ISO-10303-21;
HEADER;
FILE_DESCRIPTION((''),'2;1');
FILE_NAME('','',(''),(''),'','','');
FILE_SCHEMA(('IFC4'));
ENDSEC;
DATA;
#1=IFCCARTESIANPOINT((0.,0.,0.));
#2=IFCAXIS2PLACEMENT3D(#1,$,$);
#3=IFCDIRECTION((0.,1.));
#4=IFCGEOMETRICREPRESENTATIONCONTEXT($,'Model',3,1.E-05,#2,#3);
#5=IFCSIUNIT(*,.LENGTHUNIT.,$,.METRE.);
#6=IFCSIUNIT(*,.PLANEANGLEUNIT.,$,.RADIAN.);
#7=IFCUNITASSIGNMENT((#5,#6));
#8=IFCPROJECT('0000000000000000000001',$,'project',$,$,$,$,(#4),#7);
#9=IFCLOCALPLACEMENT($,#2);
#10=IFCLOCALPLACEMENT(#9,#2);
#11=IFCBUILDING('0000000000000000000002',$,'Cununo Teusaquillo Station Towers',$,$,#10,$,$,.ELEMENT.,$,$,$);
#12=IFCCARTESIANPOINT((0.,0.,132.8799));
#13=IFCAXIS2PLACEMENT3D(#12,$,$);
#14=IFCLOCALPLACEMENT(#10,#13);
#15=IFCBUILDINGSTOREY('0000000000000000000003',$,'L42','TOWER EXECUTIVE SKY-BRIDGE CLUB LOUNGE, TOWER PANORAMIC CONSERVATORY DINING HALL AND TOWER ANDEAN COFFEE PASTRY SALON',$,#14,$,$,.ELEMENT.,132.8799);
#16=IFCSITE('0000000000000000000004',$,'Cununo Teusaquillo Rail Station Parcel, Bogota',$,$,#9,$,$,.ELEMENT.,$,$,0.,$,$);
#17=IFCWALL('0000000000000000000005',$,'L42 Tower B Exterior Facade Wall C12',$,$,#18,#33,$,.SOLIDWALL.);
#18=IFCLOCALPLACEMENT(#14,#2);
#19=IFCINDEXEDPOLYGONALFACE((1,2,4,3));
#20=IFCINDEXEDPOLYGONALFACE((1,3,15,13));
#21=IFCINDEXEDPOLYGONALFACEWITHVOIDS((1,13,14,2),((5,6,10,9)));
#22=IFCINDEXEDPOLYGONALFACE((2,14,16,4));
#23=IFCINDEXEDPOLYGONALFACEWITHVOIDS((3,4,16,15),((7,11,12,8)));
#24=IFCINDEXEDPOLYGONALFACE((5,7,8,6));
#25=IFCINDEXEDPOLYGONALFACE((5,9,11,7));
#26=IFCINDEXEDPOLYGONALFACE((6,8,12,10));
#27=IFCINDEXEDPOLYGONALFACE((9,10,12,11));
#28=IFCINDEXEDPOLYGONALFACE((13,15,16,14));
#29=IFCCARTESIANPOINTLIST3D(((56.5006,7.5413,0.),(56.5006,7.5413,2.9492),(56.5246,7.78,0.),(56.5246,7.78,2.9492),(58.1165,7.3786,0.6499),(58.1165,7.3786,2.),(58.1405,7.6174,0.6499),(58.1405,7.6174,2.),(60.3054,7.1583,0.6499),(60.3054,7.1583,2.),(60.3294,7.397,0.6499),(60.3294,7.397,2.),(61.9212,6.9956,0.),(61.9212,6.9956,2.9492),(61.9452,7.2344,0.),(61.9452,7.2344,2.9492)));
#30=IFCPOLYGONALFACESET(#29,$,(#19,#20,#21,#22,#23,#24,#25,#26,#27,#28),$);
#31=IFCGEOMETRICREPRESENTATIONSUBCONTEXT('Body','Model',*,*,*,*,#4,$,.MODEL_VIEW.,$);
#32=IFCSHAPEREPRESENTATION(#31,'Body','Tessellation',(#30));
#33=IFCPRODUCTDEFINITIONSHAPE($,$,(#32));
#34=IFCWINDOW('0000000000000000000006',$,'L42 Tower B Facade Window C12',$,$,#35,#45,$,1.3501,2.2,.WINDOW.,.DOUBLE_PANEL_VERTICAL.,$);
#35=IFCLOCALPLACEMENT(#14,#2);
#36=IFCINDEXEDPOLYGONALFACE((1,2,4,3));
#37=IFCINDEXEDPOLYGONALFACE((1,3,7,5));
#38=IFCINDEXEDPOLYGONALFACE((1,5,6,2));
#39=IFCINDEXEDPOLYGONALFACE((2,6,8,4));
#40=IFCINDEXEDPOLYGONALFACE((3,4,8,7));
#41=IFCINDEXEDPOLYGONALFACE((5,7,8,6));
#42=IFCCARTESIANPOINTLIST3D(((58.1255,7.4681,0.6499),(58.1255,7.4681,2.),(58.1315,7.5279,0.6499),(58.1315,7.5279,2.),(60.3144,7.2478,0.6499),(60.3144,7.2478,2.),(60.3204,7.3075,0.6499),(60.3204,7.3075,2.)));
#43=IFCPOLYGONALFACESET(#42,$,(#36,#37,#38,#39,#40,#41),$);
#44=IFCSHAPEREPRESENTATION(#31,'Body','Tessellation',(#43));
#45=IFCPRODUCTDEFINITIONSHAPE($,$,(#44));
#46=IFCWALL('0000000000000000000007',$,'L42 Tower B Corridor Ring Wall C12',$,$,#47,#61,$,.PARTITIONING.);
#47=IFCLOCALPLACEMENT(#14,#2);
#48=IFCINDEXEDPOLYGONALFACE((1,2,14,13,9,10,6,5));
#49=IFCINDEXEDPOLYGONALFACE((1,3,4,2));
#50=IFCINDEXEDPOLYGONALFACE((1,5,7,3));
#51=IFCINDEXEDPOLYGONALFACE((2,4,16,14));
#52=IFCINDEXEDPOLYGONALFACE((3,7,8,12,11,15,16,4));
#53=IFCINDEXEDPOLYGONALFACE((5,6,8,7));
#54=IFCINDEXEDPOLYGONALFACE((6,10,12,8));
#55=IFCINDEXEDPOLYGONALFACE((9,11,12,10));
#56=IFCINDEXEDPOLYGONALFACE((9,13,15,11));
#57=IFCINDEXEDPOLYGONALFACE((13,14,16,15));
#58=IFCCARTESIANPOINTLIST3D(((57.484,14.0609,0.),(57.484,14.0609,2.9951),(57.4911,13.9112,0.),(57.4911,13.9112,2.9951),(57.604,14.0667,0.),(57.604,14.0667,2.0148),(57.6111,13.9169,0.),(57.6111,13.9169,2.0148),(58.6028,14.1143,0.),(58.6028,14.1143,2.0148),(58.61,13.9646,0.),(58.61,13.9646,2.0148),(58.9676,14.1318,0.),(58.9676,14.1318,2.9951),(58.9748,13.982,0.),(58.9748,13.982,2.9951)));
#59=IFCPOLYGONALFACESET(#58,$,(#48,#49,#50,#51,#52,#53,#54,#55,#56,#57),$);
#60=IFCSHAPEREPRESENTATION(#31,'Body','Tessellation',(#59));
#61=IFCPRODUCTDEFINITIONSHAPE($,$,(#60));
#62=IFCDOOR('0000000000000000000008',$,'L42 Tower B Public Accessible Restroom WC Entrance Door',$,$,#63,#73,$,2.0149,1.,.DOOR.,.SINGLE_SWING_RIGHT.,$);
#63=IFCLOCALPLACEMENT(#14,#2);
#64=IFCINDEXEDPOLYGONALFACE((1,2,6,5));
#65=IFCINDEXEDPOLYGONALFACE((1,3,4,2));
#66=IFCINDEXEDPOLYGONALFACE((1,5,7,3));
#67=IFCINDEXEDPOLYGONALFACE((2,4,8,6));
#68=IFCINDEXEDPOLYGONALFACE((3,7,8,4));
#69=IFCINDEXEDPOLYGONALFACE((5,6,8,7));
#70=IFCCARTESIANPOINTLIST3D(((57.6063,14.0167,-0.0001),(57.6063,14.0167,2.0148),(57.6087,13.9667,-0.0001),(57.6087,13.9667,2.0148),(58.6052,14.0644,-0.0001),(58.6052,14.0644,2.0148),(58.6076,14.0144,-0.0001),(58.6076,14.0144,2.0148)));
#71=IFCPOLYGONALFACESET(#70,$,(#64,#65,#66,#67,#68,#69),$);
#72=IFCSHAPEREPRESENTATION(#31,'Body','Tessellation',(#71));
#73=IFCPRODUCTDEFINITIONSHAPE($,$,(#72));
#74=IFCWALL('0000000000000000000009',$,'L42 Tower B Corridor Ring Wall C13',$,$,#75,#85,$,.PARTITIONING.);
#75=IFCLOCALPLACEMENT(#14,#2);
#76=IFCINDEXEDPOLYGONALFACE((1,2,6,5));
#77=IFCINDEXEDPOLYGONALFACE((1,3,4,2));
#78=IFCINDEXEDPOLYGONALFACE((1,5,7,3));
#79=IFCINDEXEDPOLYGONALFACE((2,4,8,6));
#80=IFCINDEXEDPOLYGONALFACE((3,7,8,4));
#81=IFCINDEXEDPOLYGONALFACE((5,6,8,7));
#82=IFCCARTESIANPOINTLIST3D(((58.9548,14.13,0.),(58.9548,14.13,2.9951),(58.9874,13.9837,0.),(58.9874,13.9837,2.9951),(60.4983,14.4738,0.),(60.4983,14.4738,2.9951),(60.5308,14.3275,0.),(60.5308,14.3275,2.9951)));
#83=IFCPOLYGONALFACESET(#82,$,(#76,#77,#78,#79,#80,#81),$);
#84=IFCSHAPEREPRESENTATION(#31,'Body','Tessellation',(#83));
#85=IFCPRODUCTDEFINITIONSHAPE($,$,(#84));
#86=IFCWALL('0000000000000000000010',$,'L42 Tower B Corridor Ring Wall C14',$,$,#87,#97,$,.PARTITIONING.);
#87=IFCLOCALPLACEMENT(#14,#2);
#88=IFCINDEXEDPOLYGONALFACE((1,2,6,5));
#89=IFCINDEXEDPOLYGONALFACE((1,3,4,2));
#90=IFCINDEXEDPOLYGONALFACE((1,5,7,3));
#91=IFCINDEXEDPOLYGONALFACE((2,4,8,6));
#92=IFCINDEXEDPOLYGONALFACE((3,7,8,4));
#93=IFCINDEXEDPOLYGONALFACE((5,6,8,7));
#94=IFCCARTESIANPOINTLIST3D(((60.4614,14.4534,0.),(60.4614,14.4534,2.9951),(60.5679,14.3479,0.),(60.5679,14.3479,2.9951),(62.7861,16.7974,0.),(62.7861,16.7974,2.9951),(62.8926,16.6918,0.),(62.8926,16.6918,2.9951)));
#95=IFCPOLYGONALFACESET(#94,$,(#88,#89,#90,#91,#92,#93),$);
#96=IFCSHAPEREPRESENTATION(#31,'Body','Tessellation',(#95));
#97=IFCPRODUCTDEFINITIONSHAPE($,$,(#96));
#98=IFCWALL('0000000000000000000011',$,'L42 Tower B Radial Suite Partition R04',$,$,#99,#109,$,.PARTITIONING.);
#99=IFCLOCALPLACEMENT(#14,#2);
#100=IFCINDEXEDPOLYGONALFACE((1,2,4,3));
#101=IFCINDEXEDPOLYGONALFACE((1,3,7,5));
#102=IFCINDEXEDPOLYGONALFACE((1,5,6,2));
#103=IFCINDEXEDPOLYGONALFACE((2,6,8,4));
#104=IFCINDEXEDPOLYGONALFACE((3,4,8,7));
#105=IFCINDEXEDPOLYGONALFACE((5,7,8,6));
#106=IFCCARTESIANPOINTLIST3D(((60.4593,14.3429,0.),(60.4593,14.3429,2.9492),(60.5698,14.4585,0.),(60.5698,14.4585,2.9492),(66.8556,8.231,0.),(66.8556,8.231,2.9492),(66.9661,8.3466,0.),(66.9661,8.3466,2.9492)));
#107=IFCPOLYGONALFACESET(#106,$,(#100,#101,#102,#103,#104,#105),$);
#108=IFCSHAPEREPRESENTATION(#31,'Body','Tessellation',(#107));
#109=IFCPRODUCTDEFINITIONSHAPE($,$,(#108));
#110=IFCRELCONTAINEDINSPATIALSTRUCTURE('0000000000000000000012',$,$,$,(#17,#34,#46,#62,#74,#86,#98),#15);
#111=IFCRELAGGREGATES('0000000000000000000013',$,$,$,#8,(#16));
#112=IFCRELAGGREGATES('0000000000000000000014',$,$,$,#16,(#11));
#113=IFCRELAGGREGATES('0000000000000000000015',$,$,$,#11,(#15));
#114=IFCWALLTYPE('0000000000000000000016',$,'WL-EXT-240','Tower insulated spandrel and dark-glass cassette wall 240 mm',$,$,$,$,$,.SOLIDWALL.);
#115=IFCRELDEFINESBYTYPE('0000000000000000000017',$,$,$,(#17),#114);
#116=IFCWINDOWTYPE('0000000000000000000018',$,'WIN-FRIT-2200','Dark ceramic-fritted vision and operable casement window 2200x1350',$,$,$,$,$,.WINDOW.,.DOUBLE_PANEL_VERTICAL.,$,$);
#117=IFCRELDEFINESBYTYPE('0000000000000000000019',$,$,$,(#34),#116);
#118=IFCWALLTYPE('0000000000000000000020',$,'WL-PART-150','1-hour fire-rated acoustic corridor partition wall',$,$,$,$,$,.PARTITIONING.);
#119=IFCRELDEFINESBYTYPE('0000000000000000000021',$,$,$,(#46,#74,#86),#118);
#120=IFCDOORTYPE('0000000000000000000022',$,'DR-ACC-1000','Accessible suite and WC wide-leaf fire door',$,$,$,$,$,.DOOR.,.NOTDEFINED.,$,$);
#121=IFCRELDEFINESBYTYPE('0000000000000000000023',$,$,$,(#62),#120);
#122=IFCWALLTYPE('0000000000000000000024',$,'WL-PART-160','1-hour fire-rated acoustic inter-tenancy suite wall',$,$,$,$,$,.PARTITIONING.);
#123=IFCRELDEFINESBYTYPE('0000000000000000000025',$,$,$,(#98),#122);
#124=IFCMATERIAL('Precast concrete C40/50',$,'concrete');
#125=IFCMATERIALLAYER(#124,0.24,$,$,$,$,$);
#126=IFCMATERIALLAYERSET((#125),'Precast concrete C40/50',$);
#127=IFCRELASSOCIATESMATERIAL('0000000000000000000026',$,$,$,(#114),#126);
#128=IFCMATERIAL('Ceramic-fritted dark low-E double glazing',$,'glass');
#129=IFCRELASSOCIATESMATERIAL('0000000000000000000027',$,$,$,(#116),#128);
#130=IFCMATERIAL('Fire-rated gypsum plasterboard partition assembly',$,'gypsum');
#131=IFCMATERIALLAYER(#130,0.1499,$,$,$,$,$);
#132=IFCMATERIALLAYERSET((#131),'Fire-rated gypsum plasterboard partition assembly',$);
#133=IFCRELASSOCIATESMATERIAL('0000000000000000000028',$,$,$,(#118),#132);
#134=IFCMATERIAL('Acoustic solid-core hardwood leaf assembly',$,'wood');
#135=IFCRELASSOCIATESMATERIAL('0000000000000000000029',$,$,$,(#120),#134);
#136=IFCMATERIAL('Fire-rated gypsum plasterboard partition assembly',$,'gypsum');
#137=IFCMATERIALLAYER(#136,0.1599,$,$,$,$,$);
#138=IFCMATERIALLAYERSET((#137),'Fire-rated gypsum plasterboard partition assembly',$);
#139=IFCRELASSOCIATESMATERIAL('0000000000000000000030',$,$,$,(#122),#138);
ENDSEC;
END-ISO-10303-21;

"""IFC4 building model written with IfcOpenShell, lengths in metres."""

from ifc_helpers import new_model, si_unit, direction, frame, frame_2d, origin, place, context, subcontext, project, spatial, rectangle, extrude, source, transform, mapped, material, layer, layer_set, type_object, element, fill, save


model = new_model("IFC4")

# Units and contexts
model_context = context("Model", 3, precision=1e-05, world=origin(), true_north=direction((0.0, 1.0)))
body_context = subcontext(model_context, "Body", "Model", "MODEL_VIEW")
ifc_project = project(units=[si_unit("LENGTHUNIT", "METRE"), si_unit("PLANEANGLEUNIT", "RADIAN")], contexts=[model_context])

# Site, building, storey
site_placement = place(None, origin())
site = spatial("IfcSite", under=ifc_project, at=site_placement, Name="Cununo Teusaquillo Rail Station Parcel, Bogota", CompositionType="ELEMENT", RefElevation=0.0)
building_placement = place(site_placement, origin())
building = spatial("IfcBuilding", under=site, at=building_placement, Name="Cununo Teusaquillo Station Towers", CompositionType="ELEMENT")
storey_placement = place(building_placement, frame((0.0, 0.0, 132.8799)))
storey = spatial("IfcBuildingStorey", under=building, at=storey_placement, Name="L42", Description="TOWER EXECUTIVE SKY-BRIDGE CLUB LOUNGE, TOWER PANORAMIC CONSERVATORY DINING HALL AND TOWER ANDEAN COFFEE PASTRY SALON", CompositionType="ELEMENT", Elevation=132.8799)

# Wall, opening, window
ifc_material_1 = material(Name="Precast concrete C40/50", Category="concrete")
ifc_layer_1 = layer(ifc_material_1, 0.24)
ifc_layer_set_1 = layer_set([ifc_layer_1], Name="Precast concrete C40/50")
wall_type_1 = type_object("IfcWallType", Name="WL-EXT-240", Description="Tower insulated spandrel and dark-glass cassette wall 240 mm", PredefinedType="SOLIDWALL", material=ifc_layer_set_1)
wall_1_placement = place(storey_placement, frame((61.9333, 7.115, 0.0), z_axis=(0.0, 0.0, 1.0), x_axis=(-0.994972, 0.100156, 0.0)))
wall_1 = element("IfcWall", 1, at=wall_1_placement, inside=storey, type_object=wall_type_1, Name="L42 Tower B Exterior Facade Wall C12", PredefinedType="SOLIDWALL", context=body_context, shape_type="SweptSolid", body=[
    extrude(rectangle(XDim=5.448, YDim=0.24, at=frame_2d((2.7241, 0.0))), origin(), (0.0, 0.0, 1.0), 2.9492),
])
shared_shape_1 = source(origin(), body_context, "Body", "SweptSolid", [
    extrude(rectangle(XDim=2.2, YDim=1.3501, at=frame_2d((1.1001, 0.675))), frame((0.0, 0.1299, 0.0), z_axis=(0.0, -1.0, 0.0), x_axis=(1.0, 0.0, 0.0)), (0.0, 0.0, 1.0), 0.26),
])
opening_1_placement = place(wall_1_placement, frame((1.624, 0.0, 0.6499)))
opening_1 = element("IfcOpeningElement", 2, at=opening_1_placement, cuts=wall_1, PredefinedType="OPENING", context=body_context, shape_type="MappedRepresentation", body=[
    mapped(shared_shape_1, transform((0.0, 0.0, 0.0), x_axis=(1.0, 0.0, 0.0), y_axis=(0.0, 1.0, 0.0), z_axis=(0.0, 0.0, 1.0), scale=1.0)),
])
ifc_material_2 = material(Name="Ceramic-fritted dark low-E double glazing", Category="glass")
window_type = type_object("IfcWindowType", Name="WIN-FRIT-2200", Description="Dark ceramic-fritted vision and operable casement window 2200x1350", PartitioningType="DOUBLE_PANEL_VERTICAL", PredefinedType="WINDOW", material=ifc_material_2)
shared_shape_2 = source(origin(), body_context, "Body", "SweptSolid", [
    extrude(rectangle(XDim=2.2, YDim=1.3501, at=frame_2d((1.1001, 0.675))), frame((0.0, 0.03, 0.0), z_axis=(0.0, -1.0, 0.0), x_axis=(1.0, 0.0, 0.0)), (0.0, 0.0, 1.0), 0.0601),
])
window_placement = place(opening_1_placement, origin())
window = element("IfcWindow", 3, at=window_placement, inside=storey, type_object=window_type, Name="L42 Tower B Facade Window C12", OverallHeight=1.3501, OverallWidth=2.2, PartitioningType="DOUBLE_PANEL_VERTICAL", PredefinedType="WINDOW", context=body_context, shape_type="MappedRepresentation", body=[
    mapped(shared_shape_2, transform((0.0, 0.0, 0.0), x_axis=(1.0, 0.0, 0.0), y_axis=(0.0, 1.0, 0.0), z_axis=(0.0, 0.0, 1.0), scale=1.0)),
])
fill(opening_1, window)

# Wall, opening, door
ifc_material_3 = material(Name="Fire-rated gypsum plasterboard partition assembly", Category="gypsum")
ifc_layer_2 = layer(ifc_material_3, 0.1499)
ifc_layer_set_2 = layer_set([ifc_layer_2], Name="Fire-rated gypsum plasterboard partition assembly")
wall_type_2 = type_object("IfcWallType", Name="WL-PART-150", Description="1-hour fire-rated acoustic corridor partition wall", PredefinedType="PARTITIONING", material=ifc_layer_set_2)
wall_2_placement = place(storey_placement, frame((57.4875, 13.9861, 0.0), z_axis=(0.0, 0.0, 1.0), x_axis=(0.998863, 0.047667, 0.0)))
wall_2 = element("IfcWall", 4, at=wall_2_placement, inside=storey, type_object=wall_type_2, Name="L42 Tower B Corridor Ring Wall C12", PredefinedType="PARTITIONING", context=body_context, shape_type="SweptSolid", body=[
    extrude(rectangle(XDim=1.4854, YDim=0.1499, at=frame_2d((0.7427, 0.0))), origin(), (0.0, 0.0, 1.0), 2.9951),
])
shared_shape_3 = source(origin(), body_context, "Body", "SweptSolid", [
    extrude(rectangle(XDim=1.0, YDim=2.0149, at=frame_2d((0.5, 1.0073))), frame((0.0, 0.085, 0.0), z_axis=(0.0, -1.0, 0.0), x_axis=(1.0, 0.0, 0.0)), (0.0, 0.0, 1.0), 0.1699),
])
opening_2_placement = place(wall_2_placement, frame((0.1201, 0.0, 0.0)))
opening_2 = element("IfcOpeningElement", 5, at=opening_2_placement, cuts=wall_2, PredefinedType="OPENING", context=body_context, shape_type="MappedRepresentation", body=[
    mapped(shared_shape_3, transform((0.0, 0.0, 0.0), x_axis=(1.0, 0.0, 0.0), y_axis=(0.0, 1.0, 0.0), z_axis=(0.0, 0.0, 1.0), scale=1.0)),
])
ifc_material_4 = material(Name="Acoustic solid-core hardwood leaf assembly", Category="wood")
door_type_1 = type_object("IfcDoorType", Name="DR-ACC-1000", Description="Accessible suite and WC wide-leaf fire door", OperationType="NOTDEFINED", PredefinedType="DOOR", material=ifc_material_4)
shared_shape_4 = source(origin(), body_context, "Body", "SweptSolid", [
    extrude(rectangle(XDim=1.0, YDim=2.0149, at=frame_2d((0.5, 1.0073))), frame((0.0, 0.0249, 0.0), z_axis=(0.0, -1.0, 0.0), x_axis=(1.0, 0.0, 0.0)), (0.0, 0.0, 1.0), 0.05),
])
door_1_placement = place(opening_2_placement, origin())
door_1 = element("IfcDoor", 6, at=door_1_placement, inside=storey, type_object=door_type_1, Name="L42 Tower B Public Accessible Restroom WC Entrance Door", OperationType="SINGLE_SWING_RIGHT", OverallHeight=2.0149, OverallWidth=1.0, PredefinedType="DOOR", context=body_context, shape_type="MappedRepresentation", body=[
    mapped(shared_shape_4, transform((0.0, 0.0, 0.0), x_axis=(1.0, 0.0, 0.0), y_axis=(0.0, 1.0, 0.0), z_axis=(0.0, 0.0, 1.0), scale=1.0)),
])
fill(opening_2, door_1)

# Walls
wall_3_placement = place(storey_placement, frame((58.9712, 14.0569, 0.0), z_axis=(0.0, 0.0, 1.0), x_axis=(0.976085, 0.217388, 0.0)))
element("IfcWall", 7, at=wall_3_placement, inside=storey, type_object=wall_type_2, Name="L42 Tower B Corridor Ring Wall C13", PredefinedType="PARTITIONING", context=body_context, shape_type="SweptSolid", body=[
    extrude(rectangle(XDim=1.5813, YDim=0.1499, at=frame_2d((0.7905, 0.0))), origin(), (0.0, 0.0, 1.0), 2.9951),
])
wall_4_placement = place(storey_placement, frame((60.5146, 14.4006, 0.0), z_axis=(0.0, 0.0, 1.0), x_axis=(0.70418, 0.710022, 0.0)))
element("IfcWall", 8, at=wall_4_placement, inside=storey, type_object=wall_type_2, Name="L42 Tower B Corridor Ring Wall C14", PredefinedType="PARTITIONING", context=body_context, shape_type="SweptSolid", body=[
    extrude(rectangle(XDim=3.3013, YDim=0.1499, at=frame_2d((1.6506, 0.0))), origin(), (0.0, 0.0, 1.0), 2.9951),
])
ifc_material_5 = material(Name="Fire-rated gypsum plasterboard partition assembly", Category="gypsum")
ifc_layer_3 = layer(ifc_material_5, 0.1599)
ifc_layer_set_3 = layer_set([ifc_layer_3], Name="Fire-rated gypsum plasterboard partition assembly")
wall_type_3 = type_object("IfcWallType", Name="WL-PART-160", Description="1-hour fire-rated acoustic inter-tenancy suite wall", PredefinedType="PARTITIONING", material=ifc_layer_set_3)
wall_5_placement = place(storey_placement, frame((60.5146, 14.4006, 0.0), z_axis=(0.0, 0.0, 1.0), x_axis=(0.722999, -0.690849, 0.0)))
element("IfcWall", 9, at=wall_5_placement, inside=storey, type_object=wall_type_3, Name="L42 Tower B Radial Suite Partition R04", PredefinedType="PARTITIONING", context=body_context, shape_type="SweptSolid", body=[
    extrude(rectangle(XDim=8.8469, YDim=0.1599, at=frame_2d((4.4233, 0.0))), origin(), (0.0, 0.0, 1.0), 2.9492),
])

save(model, "model.ifc")
